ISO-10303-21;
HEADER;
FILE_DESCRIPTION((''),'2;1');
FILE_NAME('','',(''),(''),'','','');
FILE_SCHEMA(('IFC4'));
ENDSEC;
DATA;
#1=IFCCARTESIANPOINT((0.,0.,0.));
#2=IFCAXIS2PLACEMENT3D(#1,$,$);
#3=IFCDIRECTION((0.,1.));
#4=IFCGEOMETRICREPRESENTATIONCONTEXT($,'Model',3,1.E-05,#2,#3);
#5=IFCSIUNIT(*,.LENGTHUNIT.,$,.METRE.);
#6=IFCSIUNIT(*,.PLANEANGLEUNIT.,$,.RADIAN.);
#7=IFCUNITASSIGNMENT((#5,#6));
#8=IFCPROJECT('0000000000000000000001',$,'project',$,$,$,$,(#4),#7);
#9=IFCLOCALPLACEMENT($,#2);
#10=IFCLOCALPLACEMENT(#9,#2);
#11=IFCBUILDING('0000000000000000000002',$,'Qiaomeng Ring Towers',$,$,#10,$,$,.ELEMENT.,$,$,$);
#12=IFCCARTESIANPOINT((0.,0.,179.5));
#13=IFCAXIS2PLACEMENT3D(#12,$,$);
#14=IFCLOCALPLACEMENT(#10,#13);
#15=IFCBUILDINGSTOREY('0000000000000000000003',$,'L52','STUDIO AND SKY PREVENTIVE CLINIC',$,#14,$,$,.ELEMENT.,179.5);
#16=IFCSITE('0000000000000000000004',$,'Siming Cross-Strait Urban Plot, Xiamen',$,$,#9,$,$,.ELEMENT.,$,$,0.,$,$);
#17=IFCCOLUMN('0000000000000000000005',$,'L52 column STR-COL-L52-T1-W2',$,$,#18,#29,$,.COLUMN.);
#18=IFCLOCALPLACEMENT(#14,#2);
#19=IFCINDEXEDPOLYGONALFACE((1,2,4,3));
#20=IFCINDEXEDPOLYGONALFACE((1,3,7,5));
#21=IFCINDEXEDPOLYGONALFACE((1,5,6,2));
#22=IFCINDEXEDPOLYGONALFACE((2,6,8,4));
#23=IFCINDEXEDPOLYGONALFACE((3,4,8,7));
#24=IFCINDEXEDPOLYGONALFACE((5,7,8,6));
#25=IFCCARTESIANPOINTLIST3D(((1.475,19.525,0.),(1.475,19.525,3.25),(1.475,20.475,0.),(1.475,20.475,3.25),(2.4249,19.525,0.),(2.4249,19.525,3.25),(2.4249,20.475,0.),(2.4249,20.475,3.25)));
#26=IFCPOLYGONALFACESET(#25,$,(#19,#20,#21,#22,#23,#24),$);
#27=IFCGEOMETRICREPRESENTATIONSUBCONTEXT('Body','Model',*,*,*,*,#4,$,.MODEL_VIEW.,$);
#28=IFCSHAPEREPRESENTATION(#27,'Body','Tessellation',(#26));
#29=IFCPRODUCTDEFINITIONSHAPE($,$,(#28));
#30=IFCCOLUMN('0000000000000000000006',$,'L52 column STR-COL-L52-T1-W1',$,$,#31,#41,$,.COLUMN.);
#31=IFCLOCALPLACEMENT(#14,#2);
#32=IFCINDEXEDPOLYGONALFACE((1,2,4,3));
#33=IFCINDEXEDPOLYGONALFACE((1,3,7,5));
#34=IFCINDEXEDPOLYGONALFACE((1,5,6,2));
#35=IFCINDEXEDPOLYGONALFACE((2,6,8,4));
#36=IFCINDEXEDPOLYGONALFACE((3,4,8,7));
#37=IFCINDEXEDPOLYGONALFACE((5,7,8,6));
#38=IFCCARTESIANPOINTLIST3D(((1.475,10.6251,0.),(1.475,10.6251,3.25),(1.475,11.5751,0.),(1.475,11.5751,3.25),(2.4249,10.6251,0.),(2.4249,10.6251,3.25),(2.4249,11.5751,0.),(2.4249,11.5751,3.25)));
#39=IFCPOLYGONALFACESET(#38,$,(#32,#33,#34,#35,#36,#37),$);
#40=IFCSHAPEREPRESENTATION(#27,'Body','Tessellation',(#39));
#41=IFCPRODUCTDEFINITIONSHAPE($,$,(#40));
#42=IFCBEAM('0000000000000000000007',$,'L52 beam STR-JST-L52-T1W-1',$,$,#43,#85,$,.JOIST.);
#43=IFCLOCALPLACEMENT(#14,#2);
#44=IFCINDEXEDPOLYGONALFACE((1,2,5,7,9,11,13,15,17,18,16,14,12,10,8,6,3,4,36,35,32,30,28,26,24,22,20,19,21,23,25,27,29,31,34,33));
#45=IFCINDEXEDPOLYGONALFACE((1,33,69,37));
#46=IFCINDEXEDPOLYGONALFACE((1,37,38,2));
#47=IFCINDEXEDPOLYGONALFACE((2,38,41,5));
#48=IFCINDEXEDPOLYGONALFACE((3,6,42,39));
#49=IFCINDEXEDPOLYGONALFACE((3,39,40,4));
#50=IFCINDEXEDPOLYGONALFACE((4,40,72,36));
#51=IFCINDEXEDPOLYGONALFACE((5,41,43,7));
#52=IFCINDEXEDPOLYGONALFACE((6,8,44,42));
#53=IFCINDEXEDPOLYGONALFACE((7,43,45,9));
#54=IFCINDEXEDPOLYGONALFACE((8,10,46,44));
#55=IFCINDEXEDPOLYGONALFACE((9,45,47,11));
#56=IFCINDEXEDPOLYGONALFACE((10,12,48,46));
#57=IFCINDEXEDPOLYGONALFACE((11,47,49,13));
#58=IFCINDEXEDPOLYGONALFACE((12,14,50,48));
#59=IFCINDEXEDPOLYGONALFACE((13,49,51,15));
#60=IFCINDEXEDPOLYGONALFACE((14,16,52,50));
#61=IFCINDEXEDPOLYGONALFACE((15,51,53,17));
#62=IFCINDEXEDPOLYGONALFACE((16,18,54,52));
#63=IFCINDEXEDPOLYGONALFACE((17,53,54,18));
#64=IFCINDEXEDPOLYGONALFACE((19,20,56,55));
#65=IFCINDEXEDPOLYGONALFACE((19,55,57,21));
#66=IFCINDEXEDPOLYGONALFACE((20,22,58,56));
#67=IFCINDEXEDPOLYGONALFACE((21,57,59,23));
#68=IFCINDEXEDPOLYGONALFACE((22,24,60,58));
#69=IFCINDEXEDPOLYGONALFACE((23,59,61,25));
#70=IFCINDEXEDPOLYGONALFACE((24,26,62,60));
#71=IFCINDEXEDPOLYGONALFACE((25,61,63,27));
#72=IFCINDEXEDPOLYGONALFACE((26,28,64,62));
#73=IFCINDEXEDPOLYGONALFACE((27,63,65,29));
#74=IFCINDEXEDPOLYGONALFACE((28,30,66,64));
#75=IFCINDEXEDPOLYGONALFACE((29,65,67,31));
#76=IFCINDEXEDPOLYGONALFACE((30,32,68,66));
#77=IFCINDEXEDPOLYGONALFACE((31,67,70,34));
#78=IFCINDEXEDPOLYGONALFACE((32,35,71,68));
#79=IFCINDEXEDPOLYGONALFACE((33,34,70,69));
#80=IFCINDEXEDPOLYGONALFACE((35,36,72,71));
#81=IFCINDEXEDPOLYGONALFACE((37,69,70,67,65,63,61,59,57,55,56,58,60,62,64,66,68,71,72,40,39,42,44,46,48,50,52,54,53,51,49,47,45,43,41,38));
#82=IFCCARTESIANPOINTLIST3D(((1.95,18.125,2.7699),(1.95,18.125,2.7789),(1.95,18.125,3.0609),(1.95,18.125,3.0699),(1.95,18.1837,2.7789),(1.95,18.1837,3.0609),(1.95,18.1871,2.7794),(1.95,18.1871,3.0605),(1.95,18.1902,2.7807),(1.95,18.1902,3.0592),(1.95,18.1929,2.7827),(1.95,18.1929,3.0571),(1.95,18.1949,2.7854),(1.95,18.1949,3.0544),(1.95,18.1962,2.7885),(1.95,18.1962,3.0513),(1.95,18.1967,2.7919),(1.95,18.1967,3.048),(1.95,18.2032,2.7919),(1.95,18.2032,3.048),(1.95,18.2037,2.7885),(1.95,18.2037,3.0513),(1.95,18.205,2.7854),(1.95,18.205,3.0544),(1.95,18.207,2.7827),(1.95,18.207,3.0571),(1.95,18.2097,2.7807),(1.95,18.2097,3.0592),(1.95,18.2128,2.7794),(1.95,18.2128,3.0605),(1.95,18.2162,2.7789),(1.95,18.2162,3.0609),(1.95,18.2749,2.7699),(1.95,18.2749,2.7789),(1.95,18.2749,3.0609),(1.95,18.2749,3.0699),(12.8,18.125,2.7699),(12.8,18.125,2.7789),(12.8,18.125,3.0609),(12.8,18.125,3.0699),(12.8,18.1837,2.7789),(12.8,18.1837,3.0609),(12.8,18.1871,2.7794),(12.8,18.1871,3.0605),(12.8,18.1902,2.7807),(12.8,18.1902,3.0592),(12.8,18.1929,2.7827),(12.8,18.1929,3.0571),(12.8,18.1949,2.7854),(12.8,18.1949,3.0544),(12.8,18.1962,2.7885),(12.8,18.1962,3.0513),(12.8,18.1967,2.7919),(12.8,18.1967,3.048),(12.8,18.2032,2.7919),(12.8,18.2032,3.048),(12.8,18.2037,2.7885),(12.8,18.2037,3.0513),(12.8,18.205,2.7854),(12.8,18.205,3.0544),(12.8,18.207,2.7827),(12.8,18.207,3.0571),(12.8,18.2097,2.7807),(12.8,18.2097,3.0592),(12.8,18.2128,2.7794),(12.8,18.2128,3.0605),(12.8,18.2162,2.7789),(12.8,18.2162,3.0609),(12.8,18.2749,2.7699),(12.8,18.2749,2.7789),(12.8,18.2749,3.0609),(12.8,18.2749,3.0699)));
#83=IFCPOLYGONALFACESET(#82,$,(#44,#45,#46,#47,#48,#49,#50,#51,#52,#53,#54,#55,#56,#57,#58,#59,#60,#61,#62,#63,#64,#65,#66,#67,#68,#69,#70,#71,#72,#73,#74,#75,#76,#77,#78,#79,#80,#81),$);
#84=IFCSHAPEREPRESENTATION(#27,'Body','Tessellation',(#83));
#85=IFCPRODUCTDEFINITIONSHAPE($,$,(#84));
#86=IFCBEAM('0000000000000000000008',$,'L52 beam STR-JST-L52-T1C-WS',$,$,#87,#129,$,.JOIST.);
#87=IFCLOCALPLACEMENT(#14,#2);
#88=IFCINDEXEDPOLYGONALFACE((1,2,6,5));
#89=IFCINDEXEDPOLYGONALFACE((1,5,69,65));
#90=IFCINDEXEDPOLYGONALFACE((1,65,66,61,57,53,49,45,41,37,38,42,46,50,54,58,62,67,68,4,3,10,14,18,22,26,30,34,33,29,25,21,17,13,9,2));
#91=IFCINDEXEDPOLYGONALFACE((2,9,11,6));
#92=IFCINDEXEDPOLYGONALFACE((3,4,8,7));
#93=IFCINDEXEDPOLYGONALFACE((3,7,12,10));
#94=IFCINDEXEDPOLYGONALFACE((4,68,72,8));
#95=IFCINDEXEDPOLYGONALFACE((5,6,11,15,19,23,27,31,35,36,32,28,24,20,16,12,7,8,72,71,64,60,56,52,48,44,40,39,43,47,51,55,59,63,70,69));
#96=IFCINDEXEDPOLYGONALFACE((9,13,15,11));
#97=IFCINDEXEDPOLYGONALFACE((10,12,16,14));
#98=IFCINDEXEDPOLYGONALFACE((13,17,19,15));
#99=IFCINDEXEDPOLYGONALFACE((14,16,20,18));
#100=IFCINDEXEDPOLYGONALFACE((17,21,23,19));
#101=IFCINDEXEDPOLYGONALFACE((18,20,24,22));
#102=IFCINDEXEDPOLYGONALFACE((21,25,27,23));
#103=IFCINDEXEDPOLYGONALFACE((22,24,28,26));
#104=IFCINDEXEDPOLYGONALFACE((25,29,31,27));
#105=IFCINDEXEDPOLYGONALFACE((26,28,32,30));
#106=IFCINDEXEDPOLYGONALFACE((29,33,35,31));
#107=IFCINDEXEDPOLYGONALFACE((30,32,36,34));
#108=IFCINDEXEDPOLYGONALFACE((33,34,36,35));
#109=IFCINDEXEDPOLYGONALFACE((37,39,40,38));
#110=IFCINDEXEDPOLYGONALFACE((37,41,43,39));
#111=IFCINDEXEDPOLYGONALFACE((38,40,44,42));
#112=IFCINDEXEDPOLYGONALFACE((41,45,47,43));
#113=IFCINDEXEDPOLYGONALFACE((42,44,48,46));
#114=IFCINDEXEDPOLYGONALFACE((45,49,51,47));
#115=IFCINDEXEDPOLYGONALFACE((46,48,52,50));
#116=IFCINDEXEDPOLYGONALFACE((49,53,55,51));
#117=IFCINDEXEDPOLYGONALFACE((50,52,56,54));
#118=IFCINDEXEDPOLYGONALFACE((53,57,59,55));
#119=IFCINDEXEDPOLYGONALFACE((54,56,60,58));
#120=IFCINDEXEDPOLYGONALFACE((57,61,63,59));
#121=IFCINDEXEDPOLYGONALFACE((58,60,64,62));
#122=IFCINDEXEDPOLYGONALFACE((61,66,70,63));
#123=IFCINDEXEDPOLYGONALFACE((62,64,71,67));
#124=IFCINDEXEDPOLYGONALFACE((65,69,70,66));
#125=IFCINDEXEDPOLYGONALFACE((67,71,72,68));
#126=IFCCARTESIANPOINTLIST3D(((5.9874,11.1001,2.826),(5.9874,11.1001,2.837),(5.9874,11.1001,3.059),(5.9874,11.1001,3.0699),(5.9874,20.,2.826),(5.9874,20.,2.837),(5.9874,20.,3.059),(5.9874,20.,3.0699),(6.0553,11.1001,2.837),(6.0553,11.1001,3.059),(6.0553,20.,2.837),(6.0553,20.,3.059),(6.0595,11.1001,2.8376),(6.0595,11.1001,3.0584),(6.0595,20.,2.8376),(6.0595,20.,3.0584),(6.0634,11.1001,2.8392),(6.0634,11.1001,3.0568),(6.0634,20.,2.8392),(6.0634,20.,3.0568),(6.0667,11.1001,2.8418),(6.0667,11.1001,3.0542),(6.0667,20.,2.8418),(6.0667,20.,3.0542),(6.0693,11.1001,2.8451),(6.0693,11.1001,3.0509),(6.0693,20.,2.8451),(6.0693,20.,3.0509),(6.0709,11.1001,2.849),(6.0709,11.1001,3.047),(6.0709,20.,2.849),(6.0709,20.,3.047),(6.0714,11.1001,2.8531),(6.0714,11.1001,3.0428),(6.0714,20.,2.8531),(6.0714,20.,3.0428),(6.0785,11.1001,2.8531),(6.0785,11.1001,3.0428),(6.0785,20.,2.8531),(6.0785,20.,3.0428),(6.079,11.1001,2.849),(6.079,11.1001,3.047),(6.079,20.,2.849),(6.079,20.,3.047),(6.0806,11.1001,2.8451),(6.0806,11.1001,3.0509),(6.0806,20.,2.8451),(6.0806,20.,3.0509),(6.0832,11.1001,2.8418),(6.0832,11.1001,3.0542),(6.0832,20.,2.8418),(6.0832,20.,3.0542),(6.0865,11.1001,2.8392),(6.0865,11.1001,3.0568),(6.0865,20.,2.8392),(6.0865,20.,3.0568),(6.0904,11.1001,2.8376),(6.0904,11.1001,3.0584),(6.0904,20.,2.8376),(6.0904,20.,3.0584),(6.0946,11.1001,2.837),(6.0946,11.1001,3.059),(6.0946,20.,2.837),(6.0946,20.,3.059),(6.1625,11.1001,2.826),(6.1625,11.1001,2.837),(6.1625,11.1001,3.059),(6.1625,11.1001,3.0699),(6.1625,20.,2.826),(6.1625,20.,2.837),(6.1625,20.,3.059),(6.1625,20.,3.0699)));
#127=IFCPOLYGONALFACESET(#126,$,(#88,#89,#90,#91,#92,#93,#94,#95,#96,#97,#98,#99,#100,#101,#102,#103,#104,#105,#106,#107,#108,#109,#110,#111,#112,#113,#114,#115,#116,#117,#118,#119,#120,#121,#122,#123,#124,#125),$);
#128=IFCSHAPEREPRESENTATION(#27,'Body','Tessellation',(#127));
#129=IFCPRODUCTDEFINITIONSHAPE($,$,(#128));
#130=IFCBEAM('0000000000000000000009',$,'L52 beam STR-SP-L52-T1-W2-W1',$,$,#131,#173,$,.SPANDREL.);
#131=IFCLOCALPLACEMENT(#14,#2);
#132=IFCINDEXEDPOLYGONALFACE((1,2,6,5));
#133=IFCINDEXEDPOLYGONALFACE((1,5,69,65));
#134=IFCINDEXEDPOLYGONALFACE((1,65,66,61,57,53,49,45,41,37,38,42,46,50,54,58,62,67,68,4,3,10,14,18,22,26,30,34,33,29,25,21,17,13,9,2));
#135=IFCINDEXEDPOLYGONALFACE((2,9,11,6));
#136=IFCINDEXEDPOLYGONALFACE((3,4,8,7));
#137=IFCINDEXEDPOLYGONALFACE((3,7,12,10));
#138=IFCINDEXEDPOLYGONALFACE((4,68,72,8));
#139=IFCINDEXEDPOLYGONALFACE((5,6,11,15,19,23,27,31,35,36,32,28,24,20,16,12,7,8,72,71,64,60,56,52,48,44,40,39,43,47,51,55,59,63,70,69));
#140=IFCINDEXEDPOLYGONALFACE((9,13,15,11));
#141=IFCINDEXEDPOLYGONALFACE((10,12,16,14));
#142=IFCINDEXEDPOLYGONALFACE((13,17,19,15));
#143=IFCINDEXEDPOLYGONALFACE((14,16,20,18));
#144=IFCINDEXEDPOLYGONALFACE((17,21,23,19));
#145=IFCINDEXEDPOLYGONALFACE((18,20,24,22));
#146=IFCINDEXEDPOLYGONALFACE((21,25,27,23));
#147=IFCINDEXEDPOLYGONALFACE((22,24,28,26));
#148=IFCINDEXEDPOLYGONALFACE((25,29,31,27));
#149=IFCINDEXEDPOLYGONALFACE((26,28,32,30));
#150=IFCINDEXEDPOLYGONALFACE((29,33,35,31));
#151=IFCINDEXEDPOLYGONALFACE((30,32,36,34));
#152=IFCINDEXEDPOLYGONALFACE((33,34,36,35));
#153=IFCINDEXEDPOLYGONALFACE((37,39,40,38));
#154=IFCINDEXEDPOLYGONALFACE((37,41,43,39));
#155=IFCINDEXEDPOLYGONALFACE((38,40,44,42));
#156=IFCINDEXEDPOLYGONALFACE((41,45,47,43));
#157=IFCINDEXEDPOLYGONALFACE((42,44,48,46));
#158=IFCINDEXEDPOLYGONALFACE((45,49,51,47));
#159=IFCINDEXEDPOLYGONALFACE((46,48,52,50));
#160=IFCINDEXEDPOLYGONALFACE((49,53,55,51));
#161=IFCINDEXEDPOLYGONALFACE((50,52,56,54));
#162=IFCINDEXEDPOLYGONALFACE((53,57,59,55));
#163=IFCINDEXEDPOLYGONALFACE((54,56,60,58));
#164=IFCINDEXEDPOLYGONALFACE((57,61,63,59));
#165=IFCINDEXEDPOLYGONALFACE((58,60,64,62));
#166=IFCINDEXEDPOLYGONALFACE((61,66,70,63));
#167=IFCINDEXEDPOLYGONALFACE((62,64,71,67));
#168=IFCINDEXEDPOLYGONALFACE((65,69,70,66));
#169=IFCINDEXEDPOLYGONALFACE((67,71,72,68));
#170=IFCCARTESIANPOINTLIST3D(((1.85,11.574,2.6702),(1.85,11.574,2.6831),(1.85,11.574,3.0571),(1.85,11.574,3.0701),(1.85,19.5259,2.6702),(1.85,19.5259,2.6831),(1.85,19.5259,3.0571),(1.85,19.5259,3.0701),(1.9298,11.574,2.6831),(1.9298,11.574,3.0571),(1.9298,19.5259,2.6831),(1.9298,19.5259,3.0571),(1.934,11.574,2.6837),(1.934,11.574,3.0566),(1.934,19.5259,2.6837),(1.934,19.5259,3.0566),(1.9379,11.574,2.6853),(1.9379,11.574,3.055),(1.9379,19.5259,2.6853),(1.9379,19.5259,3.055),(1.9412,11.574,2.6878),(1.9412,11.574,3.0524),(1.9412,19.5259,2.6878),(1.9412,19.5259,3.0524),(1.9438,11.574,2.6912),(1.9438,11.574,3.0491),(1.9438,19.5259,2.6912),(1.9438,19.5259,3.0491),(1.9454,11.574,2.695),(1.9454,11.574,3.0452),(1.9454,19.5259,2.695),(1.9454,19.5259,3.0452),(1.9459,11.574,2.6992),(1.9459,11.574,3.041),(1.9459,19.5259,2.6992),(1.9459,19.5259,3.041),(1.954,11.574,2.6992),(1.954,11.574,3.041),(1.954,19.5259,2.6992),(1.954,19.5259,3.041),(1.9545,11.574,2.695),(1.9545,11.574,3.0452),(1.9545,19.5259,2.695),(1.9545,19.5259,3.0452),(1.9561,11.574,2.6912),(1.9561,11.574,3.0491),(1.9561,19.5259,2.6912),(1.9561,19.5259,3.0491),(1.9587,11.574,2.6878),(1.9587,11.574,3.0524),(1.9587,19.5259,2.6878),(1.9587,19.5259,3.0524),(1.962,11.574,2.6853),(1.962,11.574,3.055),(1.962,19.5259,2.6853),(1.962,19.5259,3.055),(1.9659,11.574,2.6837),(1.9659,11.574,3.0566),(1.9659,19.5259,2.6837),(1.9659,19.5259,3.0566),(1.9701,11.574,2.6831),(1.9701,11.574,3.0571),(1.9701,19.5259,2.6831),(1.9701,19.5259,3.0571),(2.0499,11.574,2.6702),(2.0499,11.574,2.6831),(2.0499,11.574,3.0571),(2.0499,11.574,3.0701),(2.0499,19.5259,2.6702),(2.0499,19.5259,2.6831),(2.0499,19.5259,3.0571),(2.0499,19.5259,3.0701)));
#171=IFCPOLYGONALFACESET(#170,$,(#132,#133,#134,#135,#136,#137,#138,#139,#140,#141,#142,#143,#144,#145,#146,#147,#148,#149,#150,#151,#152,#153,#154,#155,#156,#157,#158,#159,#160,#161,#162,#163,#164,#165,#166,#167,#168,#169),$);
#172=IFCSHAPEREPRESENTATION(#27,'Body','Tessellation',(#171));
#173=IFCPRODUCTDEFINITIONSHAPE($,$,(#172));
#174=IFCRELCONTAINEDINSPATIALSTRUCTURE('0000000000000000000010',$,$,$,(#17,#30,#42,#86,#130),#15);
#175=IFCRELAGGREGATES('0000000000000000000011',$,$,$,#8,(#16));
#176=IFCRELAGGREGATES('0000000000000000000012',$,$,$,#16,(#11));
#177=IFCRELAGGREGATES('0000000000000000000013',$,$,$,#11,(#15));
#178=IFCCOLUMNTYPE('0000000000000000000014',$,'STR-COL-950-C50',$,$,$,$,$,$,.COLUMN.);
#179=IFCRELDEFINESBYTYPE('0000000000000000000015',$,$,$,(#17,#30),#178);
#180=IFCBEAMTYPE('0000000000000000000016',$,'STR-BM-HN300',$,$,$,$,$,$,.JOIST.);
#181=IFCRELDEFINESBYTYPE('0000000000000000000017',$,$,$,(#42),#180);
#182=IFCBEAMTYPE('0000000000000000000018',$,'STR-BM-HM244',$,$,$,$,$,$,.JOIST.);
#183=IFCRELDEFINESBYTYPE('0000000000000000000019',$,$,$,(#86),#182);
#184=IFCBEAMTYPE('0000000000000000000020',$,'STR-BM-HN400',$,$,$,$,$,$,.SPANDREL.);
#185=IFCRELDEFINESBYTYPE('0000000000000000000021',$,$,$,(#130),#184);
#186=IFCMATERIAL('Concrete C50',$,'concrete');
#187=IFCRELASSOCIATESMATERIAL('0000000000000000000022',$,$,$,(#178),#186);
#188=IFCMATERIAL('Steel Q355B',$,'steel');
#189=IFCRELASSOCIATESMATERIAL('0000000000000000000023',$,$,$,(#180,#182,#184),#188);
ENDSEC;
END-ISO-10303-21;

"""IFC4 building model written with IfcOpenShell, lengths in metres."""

from ifc_helpers import new_model, si_unit, direction, frame, origin, origin_2d, place, context, subcontext, project, spatial, rectangle, i_section, extrude, source, transform, mapped, material, material_profile, profile_set, type_object, element, save


model = new_model("IFC4")

# Units and contexts
model_context = context("Model", 3, precision=1e-05, world=origin(), true_north=direction((0.0, 1.0)))
body_context = subcontext(model_context, "Body", "Model", "MODEL_VIEW")
ifc_project = project(units=[si_unit("LENGTHUNIT", "METRE"), si_unit("PLANEANGLEUNIT", "RADIAN")], contexts=[model_context])

# Site, building, storey
site_placement = place(None, origin())
site = spatial("IfcSite", under=ifc_project, at=site_placement, Name="Siming Cross-Strait Urban Plot, Xiamen", CompositionType="ELEMENT", RefElevation=0.0)
building_placement = place(site_placement, origin())
building = spatial("IfcBuilding", under=site, at=building_placement, Name="Qiaomeng Ring Towers", CompositionType="ELEMENT")
storey_placement = place(building_placement, frame((0.0, 0.0, 179.5)))
storey = spatial("IfcBuildingStorey", under=building, at=storey_placement, Name="L52", Description="STUDIO AND SKY PREVENTIVE CLINIC", CompositionType="ELEMENT", Elevation=179.5)

# Columns
ifc_material_1 = material(Name="Concrete C50", Category="concrete")
ifc_material_profile_1 = material_profile(ifc_material_1, rectangle(XDim=0.95, YDim=0.95, at=origin_2d()), Name="RC COL 950x950")
ifc_profile_set_1 = profile_set([ifc_material_profile_1], Name="Concrete C50")
column_type = type_object("IfcColumnType", Name="STR-COL-950-C50", PredefinedType="COLUMN", material=ifc_profile_set_1)
shared_shape_1 = source(origin(), body_context, "Body", "SweptSolid", [
    extrude(rectangle(XDim=0.95, YDim=0.95, at=origin_2d()), origin(), (0.0, 0.0, 1.0), 3.25),
])
for number, where, z_axis, x_axis, name in (
    (1, (1.95, 20.0, 0.0), (0.0, 0.0, 1.0), (1.0, 0.0, 0.0), "L52 column STR-COL-L52-T1-W2"),
    (2, (1.95, 11.1001, 0.0), (0.0, 0.0, 1.0), (1.0, 0.0, 0.0), "L52 column STR-COL-L52-T1-W1"),
):
    element("IfcColumn", number, at=place(storey_placement, frame(where, z_axis=z_axis, x_axis=x_axis)), inside=storey, type_object=column_type, Name=name, PredefinedType="COLUMN", context=body_context, shape_type="MappedRepresentation", body=[
        mapped(shared_shape_1, transform((0.0, 0.0, 0.0), x_axis=(1.0, 0.0, 0.0), y_axis=(0.0, 1.0, 0.0), z_axis=(0.0, 0.0, 1.0), scale=1.0)),
    ])

# Beams
ifc_material_2 = material(Name="Steel Q355B", Category="steel")
ifc_material_profile_2 = material_profile(ifc_material_2, i_section(OverallWidth=0.1499, OverallDepth=0.3, WebThickness=0.0066, FlangeThickness=0.009, FilletRadius=0.0129, at=origin_2d()), Name="HN 300x150x6.5x9")
ifc_profile_set_2 = profile_set([ifc_material_profile_2], Name="Steel Q355B")
beam_type_1 = type_object("IfcBeamType", Name="STR-BM-HN300", PredefinedType="JOIST", material=ifc_profile_set_2)
shared_shape_2 = source(origin(), body_context, "Body", "SweptSolid", [
    extrude(i_section(OverallWidth=0.1499, OverallDepth=0.3, WebThickness=0.0066, FlangeThickness=0.009, FilletRadius=0.0129, at=origin_2d()), origin(), (0.0, 0.0, 1.0), 10.8501),
])
beam_1_placement = place(storey_placement, frame((1.95, 18.2, 2.9199), z_axis=(1.0, 0.0, 0.0), x_axis=(0.0, 1.0, 0.0)))
element("IfcBeam", 3, at=beam_1_placement, inside=storey, type_object=beam_type_1, Name="L52 beam STR-JST-L52-T1W-1", PredefinedType="JOIST", context=body_context, shape_type="MappedRepresentation", body=[
    mapped(shared_shape_2, transform((0.0, 0.0, 0.0), x_axis=(1.0, 0.0, 0.0), y_axis=(0.0, 1.0, 0.0), z_axis=(0.0, 0.0, 1.0), scale=1.0)),
])
ifc_material_profile_3 = material_profile(ifc_material_2, i_section(OverallWidth=0.175, OverallDepth=0.2439, WebThickness=0.0071, FlangeThickness=0.011, FilletRadius=0.0161, at=origin_2d()), Name="HM 244x175x7x11")
ifc_profile_set_3 = profile_set([ifc_material_profile_3], Name="Steel Q355B")
beam_type_2 = type_object("IfcBeamType", Name="STR-BM-HM244", PredefinedType="JOIST", material=ifc_profile_set_3)
shared_shape_3 = source(origin(), body_context, "Body", "SweptSolid", [
    extrude(i_section(OverallWidth=0.175, OverallDepth=0.2439, WebThickness=0.0071, FlangeThickness=0.011, FilletRadius=0.0161, at=origin_2d()), origin(), (0.0, 0.0, 1.0), 8.8999),
])
beam_2_placement = place(storey_placement, frame((6.075, 11.1001, 2.948), z_axis=(0.0, 1.0, 0.0), x_axis=(-1.0, 0.0, 0.0)))
element("IfcBeam", 4, at=beam_2_placement, inside=storey, type_object=beam_type_2, Name="L52 beam STR-JST-L52-T1C-WS", PredefinedType="JOIST", context=body_context, shape_type="MappedRepresentation", body=[
    mapped(shared_shape_3, transform((0.0, 0.0, 0.0), x_axis=(1.0, 0.0, 0.0), y_axis=(0.0, 1.0, 0.0), z_axis=(0.0, 0.0, 1.0), scale=1.0)),
])
ifc_material_profile_4 = material_profile(ifc_material_2, i_section(OverallWidth=0.2, OverallDepth=0.3999, WebThickness=0.0081, FlangeThickness=0.0129, FilletRadius=0.0161, at=origin_2d()), Name="HN 400x200x8x13")
ifc_profile_set_4 = profile_set([ifc_material_profile_4], Name="Steel Q355B")
beam_type_3 = type_object("IfcBeamType", Name="STR-BM-HN400", PredefinedType="SPANDREL", material=ifc_profile_set_4)
shared_shape_4 = source(origin(), body_context, "Body", "SweptSolid", [
    extrude(i_section(OverallWidth=0.2, OverallDepth=0.3999, WebThickness=0.0081, FlangeThickness=0.0129, FilletRadius=0.0161, at=origin_2d()), origin(), (0.0, 0.0, 1.0), 7.9519),
])
beam_3_placement = place(storey_placement, frame((1.95, 19.5259, 2.8701), z_axis=(0.0, -1.0, 0.0), x_axis=(1.0, 0.0, 0.0)))
element("IfcBeam", 5, at=beam_3_placement, inside=storey, type_object=beam_type_3, Name="L52 beam STR-SP-L52-T1-W2-W1", PredefinedType="SPANDREL", context=body_context, shape_type="MappedRepresentation", body=[
    mapped(shared_shape_4, transform((0.0, 0.0, 0.0), x_axis=(1.0, 0.0, 0.0), y_axis=(0.0, 1.0, 0.0), z_axis=(0.0, 0.0, 1.0), scale=1.0)),
])

save(model, "model.ifc")
